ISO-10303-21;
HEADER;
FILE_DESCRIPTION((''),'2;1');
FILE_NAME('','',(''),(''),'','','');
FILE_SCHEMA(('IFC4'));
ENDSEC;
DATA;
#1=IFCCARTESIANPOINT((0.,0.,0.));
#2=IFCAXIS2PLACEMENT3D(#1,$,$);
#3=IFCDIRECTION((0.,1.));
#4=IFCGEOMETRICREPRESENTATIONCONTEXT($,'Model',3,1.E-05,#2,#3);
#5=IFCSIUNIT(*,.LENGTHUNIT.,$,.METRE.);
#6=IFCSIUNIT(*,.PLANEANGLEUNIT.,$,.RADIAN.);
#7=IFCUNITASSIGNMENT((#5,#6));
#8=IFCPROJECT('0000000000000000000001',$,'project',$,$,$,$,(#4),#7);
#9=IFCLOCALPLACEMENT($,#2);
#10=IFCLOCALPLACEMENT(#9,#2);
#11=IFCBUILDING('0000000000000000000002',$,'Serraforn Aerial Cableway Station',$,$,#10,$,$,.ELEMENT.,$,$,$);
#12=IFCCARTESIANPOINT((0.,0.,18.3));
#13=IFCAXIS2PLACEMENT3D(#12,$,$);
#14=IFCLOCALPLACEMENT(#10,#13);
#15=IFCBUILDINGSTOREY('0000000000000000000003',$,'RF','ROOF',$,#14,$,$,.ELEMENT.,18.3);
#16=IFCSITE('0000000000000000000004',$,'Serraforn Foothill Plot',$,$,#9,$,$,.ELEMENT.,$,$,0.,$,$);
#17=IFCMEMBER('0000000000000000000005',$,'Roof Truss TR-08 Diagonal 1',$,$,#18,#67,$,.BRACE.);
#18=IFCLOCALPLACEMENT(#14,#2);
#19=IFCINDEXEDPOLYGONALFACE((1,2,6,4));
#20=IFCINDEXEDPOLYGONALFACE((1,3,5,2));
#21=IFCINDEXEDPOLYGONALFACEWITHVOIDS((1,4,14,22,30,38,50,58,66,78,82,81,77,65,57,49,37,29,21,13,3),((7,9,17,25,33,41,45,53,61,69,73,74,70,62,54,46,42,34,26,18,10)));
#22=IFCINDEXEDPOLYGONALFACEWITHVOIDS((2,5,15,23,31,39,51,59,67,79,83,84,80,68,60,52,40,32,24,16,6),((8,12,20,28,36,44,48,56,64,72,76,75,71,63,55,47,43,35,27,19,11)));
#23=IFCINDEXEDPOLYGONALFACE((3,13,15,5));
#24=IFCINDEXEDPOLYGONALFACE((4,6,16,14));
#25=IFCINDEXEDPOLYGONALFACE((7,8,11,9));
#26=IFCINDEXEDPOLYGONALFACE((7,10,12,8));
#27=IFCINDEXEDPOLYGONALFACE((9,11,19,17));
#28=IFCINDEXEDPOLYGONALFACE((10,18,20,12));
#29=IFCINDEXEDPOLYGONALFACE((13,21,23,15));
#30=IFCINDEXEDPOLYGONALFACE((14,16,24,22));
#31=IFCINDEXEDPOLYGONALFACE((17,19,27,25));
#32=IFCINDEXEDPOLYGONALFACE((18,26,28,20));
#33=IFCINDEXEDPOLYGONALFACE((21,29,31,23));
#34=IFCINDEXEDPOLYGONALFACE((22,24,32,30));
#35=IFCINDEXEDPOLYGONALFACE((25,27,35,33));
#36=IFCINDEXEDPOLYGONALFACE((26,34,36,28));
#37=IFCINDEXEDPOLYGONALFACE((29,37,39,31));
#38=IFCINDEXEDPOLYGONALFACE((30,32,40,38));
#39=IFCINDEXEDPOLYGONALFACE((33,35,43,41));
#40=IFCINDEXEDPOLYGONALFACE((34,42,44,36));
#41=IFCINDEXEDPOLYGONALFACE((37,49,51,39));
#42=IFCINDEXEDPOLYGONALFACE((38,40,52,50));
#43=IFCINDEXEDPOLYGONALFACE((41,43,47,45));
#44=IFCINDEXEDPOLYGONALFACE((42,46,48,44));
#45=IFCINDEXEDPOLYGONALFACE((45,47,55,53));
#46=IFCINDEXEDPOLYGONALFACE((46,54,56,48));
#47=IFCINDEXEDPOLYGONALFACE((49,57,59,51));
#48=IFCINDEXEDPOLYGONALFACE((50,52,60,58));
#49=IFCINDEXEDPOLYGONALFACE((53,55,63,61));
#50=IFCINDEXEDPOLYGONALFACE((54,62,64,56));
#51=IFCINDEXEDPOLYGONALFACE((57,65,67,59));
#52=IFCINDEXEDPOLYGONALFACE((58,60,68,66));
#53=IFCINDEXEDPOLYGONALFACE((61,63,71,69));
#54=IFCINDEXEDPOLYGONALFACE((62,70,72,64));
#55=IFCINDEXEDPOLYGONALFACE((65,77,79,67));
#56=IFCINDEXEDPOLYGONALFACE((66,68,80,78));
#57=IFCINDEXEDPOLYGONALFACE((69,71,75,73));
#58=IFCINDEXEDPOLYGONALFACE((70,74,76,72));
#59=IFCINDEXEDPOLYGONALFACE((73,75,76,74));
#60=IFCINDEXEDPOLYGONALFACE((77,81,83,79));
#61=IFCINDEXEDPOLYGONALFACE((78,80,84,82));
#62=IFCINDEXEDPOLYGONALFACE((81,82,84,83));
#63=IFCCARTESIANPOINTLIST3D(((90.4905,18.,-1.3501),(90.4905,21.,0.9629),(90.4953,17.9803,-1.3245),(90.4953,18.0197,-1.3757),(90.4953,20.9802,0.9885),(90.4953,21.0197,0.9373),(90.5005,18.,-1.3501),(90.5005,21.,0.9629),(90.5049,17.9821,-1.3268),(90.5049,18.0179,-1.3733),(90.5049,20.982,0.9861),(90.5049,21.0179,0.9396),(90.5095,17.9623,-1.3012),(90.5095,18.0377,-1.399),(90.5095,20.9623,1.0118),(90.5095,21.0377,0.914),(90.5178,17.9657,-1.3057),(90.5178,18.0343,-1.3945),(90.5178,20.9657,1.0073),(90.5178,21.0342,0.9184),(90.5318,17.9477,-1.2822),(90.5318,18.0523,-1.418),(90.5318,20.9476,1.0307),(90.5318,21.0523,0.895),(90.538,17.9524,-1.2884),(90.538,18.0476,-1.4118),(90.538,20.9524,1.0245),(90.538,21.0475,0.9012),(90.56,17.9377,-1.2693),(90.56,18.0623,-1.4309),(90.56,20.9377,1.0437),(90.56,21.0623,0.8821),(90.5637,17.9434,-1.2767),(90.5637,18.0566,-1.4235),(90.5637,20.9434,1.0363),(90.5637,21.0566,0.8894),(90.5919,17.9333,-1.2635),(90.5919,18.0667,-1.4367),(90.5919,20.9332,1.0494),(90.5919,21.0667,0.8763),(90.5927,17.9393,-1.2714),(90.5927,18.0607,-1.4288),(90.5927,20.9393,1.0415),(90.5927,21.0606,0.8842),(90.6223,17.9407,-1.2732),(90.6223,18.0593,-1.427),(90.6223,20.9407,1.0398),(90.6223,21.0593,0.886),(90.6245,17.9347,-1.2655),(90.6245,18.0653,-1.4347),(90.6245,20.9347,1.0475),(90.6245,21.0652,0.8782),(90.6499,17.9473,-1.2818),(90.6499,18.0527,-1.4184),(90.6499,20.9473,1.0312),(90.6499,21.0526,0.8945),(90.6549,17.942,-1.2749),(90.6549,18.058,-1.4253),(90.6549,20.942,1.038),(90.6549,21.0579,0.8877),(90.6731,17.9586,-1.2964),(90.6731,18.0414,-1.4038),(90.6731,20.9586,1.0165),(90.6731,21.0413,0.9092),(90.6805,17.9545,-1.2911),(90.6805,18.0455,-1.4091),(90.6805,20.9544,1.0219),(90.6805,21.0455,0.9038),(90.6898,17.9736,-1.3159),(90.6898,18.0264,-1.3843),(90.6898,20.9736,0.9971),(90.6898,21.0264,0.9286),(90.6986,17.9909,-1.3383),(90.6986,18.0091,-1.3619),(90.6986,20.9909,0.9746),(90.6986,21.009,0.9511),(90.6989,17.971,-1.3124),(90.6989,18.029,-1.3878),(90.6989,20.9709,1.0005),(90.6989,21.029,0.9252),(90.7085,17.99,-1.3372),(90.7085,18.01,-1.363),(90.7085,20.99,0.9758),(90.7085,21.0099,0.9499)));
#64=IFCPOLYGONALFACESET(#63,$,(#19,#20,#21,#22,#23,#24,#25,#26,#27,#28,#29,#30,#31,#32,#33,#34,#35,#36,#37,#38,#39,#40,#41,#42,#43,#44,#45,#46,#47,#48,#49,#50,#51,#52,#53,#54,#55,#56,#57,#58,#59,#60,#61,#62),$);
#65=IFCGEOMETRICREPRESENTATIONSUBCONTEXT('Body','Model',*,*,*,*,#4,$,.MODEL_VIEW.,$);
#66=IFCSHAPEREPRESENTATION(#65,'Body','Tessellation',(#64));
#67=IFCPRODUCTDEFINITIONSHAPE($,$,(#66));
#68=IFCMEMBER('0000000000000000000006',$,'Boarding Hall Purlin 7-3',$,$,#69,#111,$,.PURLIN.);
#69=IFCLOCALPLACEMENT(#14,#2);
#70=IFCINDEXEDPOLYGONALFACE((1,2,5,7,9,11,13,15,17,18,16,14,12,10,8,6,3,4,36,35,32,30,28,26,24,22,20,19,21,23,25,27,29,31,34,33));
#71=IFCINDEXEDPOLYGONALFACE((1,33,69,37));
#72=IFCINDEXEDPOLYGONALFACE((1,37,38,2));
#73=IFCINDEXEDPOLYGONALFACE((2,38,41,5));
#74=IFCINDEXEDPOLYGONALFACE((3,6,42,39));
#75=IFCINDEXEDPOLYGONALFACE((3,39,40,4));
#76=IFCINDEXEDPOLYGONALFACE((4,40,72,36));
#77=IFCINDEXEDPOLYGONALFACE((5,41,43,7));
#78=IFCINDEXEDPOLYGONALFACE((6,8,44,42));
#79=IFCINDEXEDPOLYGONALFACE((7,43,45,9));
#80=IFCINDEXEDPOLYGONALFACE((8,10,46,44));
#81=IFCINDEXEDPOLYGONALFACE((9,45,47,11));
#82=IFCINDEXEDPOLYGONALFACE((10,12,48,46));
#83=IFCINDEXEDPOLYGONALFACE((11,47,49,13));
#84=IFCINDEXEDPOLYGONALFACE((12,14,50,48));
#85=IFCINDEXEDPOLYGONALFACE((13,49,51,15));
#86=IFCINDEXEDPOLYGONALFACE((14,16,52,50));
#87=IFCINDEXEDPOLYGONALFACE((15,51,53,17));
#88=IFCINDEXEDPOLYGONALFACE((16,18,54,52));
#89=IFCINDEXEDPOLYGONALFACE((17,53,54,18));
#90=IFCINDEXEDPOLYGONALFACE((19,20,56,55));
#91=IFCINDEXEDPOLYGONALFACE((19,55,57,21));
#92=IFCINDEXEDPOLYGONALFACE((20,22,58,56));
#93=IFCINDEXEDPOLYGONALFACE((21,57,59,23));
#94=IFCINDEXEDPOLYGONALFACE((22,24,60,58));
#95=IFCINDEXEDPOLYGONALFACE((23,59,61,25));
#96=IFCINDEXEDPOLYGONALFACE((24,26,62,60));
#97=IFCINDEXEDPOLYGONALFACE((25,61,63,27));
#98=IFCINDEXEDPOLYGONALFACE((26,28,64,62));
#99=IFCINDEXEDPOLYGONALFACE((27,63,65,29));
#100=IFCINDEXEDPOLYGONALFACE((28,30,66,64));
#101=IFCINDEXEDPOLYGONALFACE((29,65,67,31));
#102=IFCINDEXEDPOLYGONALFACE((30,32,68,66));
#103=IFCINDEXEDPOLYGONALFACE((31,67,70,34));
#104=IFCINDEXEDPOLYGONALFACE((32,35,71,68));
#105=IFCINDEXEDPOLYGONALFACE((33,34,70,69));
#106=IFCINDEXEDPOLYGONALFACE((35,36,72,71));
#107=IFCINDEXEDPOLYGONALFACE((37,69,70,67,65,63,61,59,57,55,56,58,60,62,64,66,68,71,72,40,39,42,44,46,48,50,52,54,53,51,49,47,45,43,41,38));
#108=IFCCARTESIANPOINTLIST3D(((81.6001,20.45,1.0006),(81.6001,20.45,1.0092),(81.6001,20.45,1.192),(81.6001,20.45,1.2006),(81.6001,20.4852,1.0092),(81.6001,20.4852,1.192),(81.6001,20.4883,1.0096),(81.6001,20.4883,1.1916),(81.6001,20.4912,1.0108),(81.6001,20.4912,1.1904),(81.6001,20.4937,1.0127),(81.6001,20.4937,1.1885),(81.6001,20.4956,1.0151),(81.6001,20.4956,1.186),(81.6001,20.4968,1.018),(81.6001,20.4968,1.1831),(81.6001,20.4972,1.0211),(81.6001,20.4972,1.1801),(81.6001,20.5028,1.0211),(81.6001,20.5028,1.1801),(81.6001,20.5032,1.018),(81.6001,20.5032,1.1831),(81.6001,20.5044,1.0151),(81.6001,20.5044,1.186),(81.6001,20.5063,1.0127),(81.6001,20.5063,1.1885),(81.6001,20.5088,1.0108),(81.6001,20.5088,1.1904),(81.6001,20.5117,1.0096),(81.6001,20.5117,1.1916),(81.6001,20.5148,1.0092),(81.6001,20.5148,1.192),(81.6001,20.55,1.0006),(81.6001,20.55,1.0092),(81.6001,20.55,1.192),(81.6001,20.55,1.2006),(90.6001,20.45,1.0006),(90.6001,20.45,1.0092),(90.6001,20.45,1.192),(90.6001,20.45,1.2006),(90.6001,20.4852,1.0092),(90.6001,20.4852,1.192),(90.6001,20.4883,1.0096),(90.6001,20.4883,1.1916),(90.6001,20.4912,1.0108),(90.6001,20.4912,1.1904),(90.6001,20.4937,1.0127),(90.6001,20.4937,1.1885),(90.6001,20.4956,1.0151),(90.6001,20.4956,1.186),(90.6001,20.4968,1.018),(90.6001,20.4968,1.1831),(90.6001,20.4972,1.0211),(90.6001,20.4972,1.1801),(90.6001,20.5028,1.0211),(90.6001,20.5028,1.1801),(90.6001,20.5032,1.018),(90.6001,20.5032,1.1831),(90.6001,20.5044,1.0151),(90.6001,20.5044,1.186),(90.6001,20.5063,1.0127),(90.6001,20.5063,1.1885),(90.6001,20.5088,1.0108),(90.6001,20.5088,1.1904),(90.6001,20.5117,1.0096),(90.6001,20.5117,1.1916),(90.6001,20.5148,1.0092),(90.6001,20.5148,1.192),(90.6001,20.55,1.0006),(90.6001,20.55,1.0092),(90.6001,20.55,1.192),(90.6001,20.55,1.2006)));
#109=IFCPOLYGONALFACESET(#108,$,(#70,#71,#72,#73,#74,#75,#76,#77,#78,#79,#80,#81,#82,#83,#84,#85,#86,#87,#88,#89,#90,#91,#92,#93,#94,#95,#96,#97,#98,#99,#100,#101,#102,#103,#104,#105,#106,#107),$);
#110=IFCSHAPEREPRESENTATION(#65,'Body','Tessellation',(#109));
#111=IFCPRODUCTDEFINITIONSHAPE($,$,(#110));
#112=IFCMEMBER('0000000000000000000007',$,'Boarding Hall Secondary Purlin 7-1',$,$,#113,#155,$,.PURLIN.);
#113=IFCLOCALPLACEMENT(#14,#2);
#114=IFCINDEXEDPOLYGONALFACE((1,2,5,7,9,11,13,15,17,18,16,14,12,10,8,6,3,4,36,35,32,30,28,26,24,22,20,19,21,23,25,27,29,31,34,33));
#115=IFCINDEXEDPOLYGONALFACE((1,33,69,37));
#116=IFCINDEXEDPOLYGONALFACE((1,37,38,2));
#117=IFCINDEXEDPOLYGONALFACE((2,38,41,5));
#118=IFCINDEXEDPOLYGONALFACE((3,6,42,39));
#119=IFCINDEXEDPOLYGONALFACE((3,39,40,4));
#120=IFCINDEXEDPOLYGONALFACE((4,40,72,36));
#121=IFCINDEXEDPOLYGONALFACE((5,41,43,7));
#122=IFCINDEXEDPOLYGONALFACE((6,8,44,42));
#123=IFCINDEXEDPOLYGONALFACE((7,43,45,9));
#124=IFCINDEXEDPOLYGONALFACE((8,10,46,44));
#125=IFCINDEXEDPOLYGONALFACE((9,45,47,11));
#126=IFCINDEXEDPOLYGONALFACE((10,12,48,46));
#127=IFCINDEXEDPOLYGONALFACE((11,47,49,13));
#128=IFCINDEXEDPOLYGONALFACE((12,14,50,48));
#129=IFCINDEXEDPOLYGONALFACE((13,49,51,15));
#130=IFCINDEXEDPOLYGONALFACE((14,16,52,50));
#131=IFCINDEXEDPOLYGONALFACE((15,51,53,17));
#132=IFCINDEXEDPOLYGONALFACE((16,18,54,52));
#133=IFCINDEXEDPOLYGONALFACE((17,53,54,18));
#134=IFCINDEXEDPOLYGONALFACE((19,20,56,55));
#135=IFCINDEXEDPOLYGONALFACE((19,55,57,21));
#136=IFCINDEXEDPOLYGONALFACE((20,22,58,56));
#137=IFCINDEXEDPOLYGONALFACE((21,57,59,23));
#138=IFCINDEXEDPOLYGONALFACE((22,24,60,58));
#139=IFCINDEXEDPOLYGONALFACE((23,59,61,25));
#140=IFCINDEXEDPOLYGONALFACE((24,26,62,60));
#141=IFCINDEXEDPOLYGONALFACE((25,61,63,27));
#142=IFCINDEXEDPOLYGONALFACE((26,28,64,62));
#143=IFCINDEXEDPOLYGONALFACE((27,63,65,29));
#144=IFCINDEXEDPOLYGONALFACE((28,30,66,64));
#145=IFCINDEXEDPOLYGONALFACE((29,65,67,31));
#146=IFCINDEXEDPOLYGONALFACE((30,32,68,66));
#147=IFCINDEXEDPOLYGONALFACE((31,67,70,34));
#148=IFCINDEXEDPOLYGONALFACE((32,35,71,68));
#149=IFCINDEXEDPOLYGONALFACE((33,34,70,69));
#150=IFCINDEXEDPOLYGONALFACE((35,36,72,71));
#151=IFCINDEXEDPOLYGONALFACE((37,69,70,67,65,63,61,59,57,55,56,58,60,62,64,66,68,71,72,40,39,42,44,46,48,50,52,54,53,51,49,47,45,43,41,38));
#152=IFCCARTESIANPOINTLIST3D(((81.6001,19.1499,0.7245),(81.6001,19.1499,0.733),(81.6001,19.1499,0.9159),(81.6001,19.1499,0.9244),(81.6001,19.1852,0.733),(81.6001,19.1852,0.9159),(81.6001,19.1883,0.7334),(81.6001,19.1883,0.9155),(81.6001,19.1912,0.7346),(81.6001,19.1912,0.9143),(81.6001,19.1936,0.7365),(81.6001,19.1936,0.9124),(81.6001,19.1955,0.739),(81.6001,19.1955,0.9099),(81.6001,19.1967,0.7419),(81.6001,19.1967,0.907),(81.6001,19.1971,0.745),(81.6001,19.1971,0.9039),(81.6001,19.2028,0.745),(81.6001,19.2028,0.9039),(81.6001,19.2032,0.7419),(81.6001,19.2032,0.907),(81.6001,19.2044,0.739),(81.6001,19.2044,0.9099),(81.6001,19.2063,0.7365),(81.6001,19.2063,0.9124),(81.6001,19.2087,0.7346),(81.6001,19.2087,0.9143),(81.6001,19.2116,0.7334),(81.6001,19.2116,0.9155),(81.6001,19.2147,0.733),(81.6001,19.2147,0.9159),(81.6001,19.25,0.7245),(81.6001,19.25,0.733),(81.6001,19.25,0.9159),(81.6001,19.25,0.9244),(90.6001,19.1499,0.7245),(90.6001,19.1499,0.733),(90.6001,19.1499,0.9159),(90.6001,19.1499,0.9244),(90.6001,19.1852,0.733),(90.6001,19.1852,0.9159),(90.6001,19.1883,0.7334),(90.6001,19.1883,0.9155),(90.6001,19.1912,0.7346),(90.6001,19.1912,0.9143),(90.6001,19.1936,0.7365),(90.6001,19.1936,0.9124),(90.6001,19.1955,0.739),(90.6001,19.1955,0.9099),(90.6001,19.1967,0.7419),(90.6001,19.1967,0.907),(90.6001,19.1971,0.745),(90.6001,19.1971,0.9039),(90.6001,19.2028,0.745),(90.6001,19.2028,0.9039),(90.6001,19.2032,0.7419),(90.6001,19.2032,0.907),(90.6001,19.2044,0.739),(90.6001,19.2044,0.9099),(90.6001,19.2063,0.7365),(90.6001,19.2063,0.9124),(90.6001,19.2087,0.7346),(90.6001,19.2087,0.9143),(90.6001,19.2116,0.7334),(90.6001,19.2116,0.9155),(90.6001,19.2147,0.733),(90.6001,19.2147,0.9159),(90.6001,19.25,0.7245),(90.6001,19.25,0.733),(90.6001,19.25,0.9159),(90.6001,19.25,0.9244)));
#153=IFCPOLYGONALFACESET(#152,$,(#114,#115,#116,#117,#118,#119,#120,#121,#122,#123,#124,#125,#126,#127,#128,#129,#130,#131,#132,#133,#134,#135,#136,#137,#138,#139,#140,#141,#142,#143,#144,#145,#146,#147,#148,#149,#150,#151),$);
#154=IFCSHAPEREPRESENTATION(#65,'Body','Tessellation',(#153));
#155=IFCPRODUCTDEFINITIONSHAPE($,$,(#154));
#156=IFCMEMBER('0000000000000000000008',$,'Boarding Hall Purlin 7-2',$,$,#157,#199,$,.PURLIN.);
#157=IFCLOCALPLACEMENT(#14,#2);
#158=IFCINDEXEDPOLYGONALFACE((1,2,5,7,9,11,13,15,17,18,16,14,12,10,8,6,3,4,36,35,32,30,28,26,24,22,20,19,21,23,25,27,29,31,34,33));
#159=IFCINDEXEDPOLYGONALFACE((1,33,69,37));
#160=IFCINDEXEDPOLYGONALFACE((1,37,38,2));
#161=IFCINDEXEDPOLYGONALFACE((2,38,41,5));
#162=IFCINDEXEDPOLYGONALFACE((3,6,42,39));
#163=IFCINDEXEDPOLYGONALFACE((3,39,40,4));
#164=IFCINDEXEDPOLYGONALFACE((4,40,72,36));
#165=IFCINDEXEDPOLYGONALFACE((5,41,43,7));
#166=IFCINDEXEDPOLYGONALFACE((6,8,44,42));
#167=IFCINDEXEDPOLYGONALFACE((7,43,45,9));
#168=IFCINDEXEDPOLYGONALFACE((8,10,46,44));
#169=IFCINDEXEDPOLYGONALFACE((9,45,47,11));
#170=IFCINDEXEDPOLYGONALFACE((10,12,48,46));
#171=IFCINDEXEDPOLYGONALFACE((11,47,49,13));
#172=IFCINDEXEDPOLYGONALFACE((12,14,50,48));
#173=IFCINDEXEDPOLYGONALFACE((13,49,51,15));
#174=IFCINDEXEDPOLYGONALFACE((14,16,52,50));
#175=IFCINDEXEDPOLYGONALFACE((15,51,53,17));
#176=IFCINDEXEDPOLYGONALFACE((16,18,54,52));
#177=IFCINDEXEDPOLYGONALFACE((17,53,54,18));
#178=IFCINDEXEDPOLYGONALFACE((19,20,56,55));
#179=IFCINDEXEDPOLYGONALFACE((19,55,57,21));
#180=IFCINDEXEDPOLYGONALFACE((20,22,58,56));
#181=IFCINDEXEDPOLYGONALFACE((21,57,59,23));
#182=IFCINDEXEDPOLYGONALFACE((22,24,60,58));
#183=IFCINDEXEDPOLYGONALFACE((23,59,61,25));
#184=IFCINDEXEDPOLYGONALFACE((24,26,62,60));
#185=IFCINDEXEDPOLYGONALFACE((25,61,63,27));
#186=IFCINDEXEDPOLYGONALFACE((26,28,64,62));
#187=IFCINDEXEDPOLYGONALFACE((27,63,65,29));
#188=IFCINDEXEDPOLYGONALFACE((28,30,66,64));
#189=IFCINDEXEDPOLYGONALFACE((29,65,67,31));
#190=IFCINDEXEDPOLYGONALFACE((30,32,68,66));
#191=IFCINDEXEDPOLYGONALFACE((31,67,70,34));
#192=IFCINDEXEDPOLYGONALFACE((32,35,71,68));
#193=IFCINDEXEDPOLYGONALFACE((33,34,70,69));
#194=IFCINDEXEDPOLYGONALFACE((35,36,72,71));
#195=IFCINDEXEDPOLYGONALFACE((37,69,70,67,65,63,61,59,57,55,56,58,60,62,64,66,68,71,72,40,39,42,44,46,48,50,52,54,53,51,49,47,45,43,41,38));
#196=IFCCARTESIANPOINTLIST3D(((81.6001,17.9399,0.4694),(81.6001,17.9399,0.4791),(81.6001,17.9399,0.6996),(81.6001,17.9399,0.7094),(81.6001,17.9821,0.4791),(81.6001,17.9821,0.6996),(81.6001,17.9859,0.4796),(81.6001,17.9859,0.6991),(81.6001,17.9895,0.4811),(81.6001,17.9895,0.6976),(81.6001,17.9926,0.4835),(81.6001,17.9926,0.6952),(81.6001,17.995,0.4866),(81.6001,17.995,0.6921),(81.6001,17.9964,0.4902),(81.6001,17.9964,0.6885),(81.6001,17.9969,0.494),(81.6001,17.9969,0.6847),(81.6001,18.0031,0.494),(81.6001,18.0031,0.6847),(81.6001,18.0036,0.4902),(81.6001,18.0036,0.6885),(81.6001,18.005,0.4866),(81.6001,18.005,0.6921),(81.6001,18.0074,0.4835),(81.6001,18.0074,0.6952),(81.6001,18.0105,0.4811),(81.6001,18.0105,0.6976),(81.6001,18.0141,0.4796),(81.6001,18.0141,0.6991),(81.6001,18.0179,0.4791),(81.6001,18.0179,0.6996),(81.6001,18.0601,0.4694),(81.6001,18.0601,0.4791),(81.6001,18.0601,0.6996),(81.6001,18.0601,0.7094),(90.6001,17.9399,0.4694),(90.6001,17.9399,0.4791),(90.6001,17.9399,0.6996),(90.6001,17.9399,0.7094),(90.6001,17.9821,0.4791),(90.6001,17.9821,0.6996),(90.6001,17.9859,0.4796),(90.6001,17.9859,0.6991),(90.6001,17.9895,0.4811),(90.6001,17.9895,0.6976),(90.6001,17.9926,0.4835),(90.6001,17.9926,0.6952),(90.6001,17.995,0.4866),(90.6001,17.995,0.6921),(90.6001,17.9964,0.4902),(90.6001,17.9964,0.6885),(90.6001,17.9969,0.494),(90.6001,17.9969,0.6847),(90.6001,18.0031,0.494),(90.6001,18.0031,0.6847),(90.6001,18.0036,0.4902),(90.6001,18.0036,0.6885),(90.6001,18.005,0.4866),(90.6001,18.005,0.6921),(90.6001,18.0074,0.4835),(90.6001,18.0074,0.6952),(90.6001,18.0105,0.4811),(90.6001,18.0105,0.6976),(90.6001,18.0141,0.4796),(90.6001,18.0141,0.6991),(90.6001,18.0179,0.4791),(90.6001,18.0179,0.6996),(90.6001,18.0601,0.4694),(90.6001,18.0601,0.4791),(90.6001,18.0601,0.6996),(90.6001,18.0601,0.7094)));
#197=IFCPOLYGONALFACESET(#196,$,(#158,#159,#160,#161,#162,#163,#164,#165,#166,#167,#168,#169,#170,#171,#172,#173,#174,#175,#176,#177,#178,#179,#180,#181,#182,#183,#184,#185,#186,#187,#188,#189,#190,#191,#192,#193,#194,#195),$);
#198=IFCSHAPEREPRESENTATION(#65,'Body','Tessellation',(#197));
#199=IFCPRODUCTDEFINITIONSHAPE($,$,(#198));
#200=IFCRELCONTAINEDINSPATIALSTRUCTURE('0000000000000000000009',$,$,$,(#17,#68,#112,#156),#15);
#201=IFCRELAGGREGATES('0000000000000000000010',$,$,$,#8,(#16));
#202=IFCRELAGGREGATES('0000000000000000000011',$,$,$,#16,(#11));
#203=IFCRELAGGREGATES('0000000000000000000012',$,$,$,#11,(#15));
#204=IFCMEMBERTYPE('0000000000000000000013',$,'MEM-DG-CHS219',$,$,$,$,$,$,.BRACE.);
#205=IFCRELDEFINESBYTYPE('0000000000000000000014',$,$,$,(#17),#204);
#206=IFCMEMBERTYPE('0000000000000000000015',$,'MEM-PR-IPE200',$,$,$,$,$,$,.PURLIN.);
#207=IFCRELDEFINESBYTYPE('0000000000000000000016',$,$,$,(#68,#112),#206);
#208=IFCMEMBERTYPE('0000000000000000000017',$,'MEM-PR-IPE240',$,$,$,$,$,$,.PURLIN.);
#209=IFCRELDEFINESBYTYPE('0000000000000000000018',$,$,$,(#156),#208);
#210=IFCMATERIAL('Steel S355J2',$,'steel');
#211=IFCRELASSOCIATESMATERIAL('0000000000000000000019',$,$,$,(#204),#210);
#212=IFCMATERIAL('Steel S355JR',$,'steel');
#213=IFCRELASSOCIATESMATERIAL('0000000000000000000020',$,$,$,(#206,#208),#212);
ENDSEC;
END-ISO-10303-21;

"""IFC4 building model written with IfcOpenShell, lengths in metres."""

from ifc_helpers import new_model, si_unit, direction, frame, origin, origin_2d, place, context, subcontext, project, spatial, hollow_circle, i_section, extrude, material, material_profile, profile_set, type_object, element, save


model = new_model("IFC4")

# Units and contexts
model_context = context("Model", 3, precision=1e-05, world=origin(), true_north=direction((0.0, 1.0)))
body_context = subcontext(model_context, "Body", "Model", "MODEL_VIEW")
ifc_project = project(units=[si_unit("LENGTHUNIT", "METRE"), si_unit("PLANEANGLEUNIT", "RADIAN")], contexts=[model_context])

# Site, building, storey
site_placement = place(None, origin())
site = spatial("IfcSite", under=ifc_project, at=site_placement, Name="Serraforn Foothill Plot", CompositionType="ELEMENT", RefElevation=0.0)
building_placement = place(site_placement, origin())
building = spatial("IfcBuilding", under=site, at=building_placement, Name="Serraforn Aerial Cableway Station", CompositionType="ELEMENT")
storey_placement = place(building_placement, frame((0.0, 0.0, 18.3)))
storey = spatial("IfcBuildingStorey", under=building, at=storey_placement, Name="RF", Description="ROOF", CompositionType="ELEMENT", Elevation=18.3)

# Members
ifc_material_1 = material(Name="Steel S355J2", Category="steel")
ifc_material_profile_1 = material_profile(ifc_material_1, hollow_circle(Radius=0.1096, WallThickness=0.01, at=origin_2d()), Name="CHS 219.1x10.0")
ifc_profile_set_1 = profile_set([ifc_material_profile_1], Name="Steel S355J2")
member_type_1 = type_object("IfcMemberType", Name="MEM-DG-CHS219", PredefinedType="BRACE", material=ifc_profile_set_1)
member_1_placement = place(storey_placement, frame((90.6001, 18.0, -1.3501), z_axis=(0.0, 0.791948, 0.610589), x_axis=(-1.0, 0.0, 0.0)))
element("IfcMember", 1, at=member_1_placement, inside=storey, type_object=member_type_1, Name="Roof Truss TR-08 Diagonal 1", PredefinedType="BRACE", context=body_context, shape_type="SweptSolid", body=[
    extrude(hollow_circle(Radius=0.1096, WallThickness=0.01, at=origin_2d()), origin(), (0.0, 0.0, 1.0), 3.7881),
])
ifc_material_2 = material(Name="Steel S355JR", Category="steel")
ifc_material_profile_2 = material_profile(ifc_material_2, i_section(OverallWidth=0.1001, OverallDepth=0.2, WebThickness=0.0056, FlangeThickness=0.0085, FilletRadius=0.012, at=origin_2d()), Name="IPE 200")
ifc_profile_set_2 = profile_set([ifc_material_profile_2], Name="Steel S355JR")
member_type_2 = type_object("IfcMemberType", Name="MEM-PR-IPE200", PredefinedType="PURLIN", material=ifc_profile_set_2)
for number, where, z_axis, x_axis, name in (
    (2, (81.6001, 20.5, 1.1006), (1.0, 0.0, 0.0), (0.0, 1.0, 0.0), "Boarding Hall Purlin 7-3"),
    (3, (81.6001, 19.2, 0.8245), (1.0, 0.0, 0.0), (0.0, 1.0, 0.0), "Boarding Hall Secondary Purlin 7-1"),
):
    element("IfcMember", number, at=place(storey_placement, frame(where, z_axis=z_axis, x_axis=x_axis)), inside=storey, type_object=member_type_2, Name=name, PredefinedType="PURLIN", context=body_context, shape_type="SweptSolid", body=[
        extrude(i_section(OverallWidth=0.1001, OverallDepth=0.2, WebThickness=0.0056, FlangeThickness=0.0085, FilletRadius=0.012, at=origin_2d()), origin(), (0.0, 0.0, 1.0), 9.0),
    ])
ifc_material_profile_3 = material_profile(ifc_material_2, i_section(OverallWidth=0.1201, OverallDepth=0.24, WebThickness=0.0061, FlangeThickness=0.0098, FilletRadius=0.0149, at=origin_2d()), Name="IPE 240")
ifc_profile_set_3 = profile_set([ifc_material_profile_3], Name="Steel S355JR")
member_type_3 = type_object("IfcMemberType", Name="MEM-PR-IPE240", PredefinedType="PURLIN", material=ifc_profile_set_3)
member_2_placement = place(storey_placement, frame((81.6001, 18.0, 0.5894), z_axis=(1.0, 0.0, 0.0), x_axis=(0.0, 1.0, 0.0)))
element("IfcMember", 4, at=member_2_placement, inside=storey, type_object=member_type_3, Name="Boarding Hall Purlin 7-2", PredefinedType="PURLIN", context=body_context, shape_type="SweptSolid", body=[
    extrude(i_section(OverallWidth=0.1201, OverallDepth=0.24, WebThickness=0.0061, FlangeThickness=0.0098, FilletRadius=0.0149, at=origin_2d()), origin(), (0.0, 0.0, 1.0), 9.0),
])

save(model, "model.ifc")
